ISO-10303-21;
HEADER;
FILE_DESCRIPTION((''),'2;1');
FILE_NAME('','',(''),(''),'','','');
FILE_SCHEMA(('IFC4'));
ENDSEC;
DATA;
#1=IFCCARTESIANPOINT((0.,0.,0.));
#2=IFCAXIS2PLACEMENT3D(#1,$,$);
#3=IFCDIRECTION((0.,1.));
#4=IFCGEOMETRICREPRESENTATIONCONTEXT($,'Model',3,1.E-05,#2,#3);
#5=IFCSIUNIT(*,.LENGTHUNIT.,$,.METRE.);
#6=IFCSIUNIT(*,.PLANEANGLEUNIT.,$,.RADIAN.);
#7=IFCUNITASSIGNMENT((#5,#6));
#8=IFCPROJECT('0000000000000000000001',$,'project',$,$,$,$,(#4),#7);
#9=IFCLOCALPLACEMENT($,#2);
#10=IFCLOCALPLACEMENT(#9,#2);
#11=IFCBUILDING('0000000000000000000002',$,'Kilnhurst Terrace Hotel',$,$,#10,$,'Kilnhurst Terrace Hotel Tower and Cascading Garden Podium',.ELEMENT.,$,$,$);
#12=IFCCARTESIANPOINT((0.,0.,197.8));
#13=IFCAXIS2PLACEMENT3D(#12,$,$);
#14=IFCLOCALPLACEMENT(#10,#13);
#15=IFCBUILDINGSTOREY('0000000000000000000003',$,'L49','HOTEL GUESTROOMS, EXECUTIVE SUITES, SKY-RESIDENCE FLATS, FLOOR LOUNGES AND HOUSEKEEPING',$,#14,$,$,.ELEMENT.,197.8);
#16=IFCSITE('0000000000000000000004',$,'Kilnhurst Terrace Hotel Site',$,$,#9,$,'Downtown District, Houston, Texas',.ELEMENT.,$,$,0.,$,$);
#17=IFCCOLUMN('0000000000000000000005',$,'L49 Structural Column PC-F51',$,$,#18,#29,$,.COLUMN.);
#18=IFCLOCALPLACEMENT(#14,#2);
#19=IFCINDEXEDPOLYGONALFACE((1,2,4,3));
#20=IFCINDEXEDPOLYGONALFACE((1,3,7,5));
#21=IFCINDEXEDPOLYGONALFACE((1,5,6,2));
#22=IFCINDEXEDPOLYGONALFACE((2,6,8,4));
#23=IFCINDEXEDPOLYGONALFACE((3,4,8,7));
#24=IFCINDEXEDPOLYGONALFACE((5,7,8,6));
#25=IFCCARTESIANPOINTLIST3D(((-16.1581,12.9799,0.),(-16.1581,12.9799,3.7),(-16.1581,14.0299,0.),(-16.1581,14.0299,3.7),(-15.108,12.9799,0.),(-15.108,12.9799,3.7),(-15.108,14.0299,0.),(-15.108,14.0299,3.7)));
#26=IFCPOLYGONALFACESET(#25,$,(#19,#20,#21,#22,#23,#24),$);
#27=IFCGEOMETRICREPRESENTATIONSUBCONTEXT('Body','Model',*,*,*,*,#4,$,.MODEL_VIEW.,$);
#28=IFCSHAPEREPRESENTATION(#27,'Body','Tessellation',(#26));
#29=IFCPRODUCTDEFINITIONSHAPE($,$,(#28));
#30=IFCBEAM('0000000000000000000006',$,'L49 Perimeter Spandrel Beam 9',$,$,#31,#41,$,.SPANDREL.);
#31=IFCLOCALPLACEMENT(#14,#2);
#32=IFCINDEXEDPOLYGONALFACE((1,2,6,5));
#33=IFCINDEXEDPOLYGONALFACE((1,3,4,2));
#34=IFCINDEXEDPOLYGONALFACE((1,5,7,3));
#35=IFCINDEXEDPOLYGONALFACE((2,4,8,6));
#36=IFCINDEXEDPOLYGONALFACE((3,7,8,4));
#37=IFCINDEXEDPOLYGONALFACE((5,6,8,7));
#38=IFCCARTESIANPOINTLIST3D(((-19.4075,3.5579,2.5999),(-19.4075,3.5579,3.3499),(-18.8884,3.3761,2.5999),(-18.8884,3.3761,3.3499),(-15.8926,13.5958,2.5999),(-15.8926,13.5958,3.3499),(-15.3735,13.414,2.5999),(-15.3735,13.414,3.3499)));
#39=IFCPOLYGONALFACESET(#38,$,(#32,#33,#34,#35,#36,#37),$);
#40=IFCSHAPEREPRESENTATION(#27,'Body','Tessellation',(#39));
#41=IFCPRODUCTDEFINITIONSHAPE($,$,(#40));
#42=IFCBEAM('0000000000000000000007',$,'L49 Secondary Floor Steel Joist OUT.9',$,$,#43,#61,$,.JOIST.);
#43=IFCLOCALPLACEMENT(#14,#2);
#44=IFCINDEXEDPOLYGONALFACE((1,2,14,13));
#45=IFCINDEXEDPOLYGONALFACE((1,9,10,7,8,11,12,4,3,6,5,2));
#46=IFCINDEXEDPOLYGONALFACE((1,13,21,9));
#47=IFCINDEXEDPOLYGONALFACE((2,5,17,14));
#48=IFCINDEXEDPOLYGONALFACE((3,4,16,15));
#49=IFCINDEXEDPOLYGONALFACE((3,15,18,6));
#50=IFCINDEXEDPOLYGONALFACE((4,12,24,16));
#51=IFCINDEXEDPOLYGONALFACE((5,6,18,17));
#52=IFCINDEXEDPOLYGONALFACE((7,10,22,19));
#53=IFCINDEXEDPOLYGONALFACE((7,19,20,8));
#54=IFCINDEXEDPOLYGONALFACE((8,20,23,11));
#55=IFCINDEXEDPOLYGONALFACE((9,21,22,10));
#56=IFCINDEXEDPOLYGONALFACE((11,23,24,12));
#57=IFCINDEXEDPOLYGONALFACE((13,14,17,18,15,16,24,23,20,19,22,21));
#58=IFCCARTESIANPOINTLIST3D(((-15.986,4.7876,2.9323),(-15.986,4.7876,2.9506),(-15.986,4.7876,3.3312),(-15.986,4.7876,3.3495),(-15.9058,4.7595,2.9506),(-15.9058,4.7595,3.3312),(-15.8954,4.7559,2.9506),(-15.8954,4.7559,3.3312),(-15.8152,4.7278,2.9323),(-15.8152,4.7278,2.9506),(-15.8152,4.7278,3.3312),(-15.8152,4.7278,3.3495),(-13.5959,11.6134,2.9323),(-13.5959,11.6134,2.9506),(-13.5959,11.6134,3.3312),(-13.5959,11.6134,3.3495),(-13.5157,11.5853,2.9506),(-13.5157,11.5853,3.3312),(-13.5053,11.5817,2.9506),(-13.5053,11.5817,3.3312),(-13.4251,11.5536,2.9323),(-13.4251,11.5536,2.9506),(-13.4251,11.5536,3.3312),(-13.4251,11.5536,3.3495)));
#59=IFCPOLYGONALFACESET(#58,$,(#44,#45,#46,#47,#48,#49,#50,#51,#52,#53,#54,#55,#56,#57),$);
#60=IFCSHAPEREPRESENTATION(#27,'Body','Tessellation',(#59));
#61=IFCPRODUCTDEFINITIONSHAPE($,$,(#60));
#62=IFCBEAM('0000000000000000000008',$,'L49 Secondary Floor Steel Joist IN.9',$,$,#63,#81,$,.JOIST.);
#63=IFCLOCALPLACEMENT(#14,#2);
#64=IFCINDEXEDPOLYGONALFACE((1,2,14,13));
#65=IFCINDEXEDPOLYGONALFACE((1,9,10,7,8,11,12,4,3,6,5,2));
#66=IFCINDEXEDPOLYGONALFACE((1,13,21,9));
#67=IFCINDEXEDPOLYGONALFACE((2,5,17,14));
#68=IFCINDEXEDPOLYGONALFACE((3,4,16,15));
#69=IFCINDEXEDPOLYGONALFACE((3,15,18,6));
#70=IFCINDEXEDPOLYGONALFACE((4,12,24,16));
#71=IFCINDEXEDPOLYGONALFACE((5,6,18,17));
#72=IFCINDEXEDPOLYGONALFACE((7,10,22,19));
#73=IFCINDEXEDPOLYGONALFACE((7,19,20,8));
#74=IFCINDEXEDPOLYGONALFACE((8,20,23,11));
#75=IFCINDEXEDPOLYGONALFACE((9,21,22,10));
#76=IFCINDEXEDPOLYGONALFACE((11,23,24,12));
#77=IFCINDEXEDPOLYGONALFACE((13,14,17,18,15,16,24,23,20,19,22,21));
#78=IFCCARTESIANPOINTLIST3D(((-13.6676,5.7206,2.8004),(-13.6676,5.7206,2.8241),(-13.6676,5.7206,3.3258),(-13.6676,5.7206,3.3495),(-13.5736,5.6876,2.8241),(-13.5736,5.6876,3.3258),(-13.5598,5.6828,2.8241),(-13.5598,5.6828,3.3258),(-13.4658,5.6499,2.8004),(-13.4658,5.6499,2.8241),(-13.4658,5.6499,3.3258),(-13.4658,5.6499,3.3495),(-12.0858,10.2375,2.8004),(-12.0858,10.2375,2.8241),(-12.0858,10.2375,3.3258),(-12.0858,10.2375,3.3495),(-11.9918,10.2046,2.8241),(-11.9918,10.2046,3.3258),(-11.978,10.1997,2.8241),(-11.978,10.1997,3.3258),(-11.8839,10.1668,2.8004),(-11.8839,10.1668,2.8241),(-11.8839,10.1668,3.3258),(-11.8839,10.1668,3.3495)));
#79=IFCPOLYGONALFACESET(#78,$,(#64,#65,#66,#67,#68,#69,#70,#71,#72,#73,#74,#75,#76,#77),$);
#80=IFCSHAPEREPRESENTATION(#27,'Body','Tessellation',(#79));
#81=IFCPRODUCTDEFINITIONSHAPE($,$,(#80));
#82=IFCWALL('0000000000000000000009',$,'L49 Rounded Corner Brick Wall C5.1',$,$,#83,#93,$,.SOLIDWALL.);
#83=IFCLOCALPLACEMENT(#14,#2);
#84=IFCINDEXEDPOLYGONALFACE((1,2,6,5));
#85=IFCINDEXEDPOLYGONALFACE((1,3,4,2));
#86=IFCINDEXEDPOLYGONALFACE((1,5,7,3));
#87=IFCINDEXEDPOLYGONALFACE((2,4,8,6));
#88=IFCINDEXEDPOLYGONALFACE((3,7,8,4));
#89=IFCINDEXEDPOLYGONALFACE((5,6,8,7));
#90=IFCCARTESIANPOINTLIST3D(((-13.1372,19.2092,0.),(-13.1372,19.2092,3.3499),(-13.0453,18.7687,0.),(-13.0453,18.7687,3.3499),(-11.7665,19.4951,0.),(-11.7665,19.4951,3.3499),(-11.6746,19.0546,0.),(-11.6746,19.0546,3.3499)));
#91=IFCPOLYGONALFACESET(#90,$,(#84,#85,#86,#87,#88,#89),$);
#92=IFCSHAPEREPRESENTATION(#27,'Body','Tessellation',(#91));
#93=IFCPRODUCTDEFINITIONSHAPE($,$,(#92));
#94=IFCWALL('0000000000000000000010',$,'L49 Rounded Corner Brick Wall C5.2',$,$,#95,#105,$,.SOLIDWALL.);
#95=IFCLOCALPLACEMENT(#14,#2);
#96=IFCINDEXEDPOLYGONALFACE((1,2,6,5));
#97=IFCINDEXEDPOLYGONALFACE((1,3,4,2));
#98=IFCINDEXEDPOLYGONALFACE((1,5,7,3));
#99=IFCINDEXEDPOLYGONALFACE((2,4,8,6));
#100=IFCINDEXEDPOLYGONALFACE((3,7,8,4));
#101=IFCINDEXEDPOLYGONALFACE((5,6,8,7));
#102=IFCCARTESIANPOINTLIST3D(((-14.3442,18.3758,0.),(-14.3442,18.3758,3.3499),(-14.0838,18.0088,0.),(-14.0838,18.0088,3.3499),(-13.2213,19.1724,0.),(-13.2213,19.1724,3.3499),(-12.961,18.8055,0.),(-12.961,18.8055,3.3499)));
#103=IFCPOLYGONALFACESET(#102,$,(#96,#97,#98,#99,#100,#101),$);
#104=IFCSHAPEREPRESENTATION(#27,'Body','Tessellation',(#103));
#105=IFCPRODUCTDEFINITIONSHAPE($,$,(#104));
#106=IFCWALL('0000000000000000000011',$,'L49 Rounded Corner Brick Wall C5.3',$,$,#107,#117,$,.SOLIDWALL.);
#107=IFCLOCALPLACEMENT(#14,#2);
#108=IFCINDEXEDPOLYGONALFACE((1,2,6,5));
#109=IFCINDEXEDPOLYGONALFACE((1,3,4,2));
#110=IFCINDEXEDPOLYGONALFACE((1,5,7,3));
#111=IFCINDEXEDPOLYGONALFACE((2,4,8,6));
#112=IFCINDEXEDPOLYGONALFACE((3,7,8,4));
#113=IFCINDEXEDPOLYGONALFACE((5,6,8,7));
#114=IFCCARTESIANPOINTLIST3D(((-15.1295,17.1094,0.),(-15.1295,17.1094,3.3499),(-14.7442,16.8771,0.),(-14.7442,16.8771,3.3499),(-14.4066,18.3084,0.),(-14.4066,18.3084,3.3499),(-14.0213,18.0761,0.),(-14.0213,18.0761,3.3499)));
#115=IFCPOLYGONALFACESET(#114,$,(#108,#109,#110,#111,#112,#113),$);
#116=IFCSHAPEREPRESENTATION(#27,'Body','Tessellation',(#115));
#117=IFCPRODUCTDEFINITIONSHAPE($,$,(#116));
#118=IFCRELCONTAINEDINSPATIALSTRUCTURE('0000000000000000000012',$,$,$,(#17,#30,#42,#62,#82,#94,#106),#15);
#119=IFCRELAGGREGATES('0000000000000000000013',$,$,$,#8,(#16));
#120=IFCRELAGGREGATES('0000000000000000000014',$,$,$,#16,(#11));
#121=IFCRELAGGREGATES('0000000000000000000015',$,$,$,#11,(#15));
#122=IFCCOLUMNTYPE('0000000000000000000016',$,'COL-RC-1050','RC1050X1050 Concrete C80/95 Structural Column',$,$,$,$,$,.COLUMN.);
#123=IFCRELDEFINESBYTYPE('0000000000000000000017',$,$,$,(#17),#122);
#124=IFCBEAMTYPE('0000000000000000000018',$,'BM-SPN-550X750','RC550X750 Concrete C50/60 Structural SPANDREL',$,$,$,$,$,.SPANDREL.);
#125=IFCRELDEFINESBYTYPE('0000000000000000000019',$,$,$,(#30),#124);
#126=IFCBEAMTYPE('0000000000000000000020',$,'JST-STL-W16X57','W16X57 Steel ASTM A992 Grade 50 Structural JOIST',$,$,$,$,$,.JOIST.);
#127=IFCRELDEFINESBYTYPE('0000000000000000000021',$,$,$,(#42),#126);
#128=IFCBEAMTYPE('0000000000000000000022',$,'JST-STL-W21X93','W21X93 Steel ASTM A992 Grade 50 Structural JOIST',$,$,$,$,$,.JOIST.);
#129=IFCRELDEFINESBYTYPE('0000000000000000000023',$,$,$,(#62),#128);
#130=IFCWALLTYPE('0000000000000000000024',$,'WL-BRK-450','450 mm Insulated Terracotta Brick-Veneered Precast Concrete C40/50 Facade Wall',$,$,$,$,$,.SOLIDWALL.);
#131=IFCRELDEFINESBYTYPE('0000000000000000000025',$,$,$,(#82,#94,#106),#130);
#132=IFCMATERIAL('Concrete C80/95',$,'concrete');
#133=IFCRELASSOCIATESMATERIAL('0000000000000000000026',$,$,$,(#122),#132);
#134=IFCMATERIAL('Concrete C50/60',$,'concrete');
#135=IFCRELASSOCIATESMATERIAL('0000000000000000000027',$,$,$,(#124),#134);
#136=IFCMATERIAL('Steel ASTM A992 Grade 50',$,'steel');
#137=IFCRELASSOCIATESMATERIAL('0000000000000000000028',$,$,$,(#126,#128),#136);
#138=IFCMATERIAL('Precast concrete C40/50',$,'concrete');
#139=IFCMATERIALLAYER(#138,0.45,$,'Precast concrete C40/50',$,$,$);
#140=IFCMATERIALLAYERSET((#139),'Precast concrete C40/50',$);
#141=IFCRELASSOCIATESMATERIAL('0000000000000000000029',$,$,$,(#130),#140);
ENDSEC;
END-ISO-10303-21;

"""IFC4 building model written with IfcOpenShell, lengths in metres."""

from ifc_helpers import new_model, si_unit, direction, frame, frame_2d, origin, origin_2d, place, context, subcontext, project, spatial, rectangle, i_section, extrude, material, layer, layer_set, material_profile, profile_set, type_object, element, save


model = new_model("IFC4")

# Units and contexts
model_context = context("Model", 3, precision=1e-05, world=origin(), true_north=direction((0.0, 1.0)))
body_context = subcontext(model_context, "Body", "Model", "MODEL_VIEW")
ifc_project = project(units=[si_unit("LENGTHUNIT", "METRE"), si_unit("PLANEANGLEUNIT", "RADIAN")], contexts=[model_context])

# Site, building, storey
site_placement = place(None, origin())
site = spatial("IfcSite", under=ifc_project, at=site_placement, Name="Kilnhurst Terrace Hotel Site", LongName="Downtown District, Houston, Texas", CompositionType="ELEMENT", RefElevation=0.0)
building_placement = place(site_placement, origin())
building = spatial("IfcBuilding", under=site, at=building_placement, Name="Kilnhurst Terrace Hotel", LongName="Kilnhurst Terrace Hotel Tower and Cascading Garden Podium", CompositionType="ELEMENT")
storey_placement = place(building_placement, frame((0.0, 0.0, 197.8)))
storey = spatial("IfcBuildingStorey", under=building, at=storey_placement, Name="L49", Description="HOTEL GUESTROOMS, EXECUTIVE SUITES, SKY-RESIDENCE FLATS, FLOOR LOUNGES AND HOUSEKEEPING", CompositionType="ELEMENT", Elevation=197.8)

# Column
ifc_material_1 = material(Name="Concrete C80/95", Category="concrete")
ifc_material_profile_1 = material_profile(ifc_material_1, rectangle(XDim=1.05, YDim=1.05, at=origin_2d()), Name="RC1050X1050")
ifc_profile_set_1 = profile_set([ifc_material_profile_1], Name="Concrete C80/95")
column_type = type_object("IfcColumnType", Name="COL-RC-1050", Description="RC1050X1050 Concrete C80/95 Structural Column", PredefinedType="COLUMN", material=ifc_profile_set_1)
column_placement = place(storey_placement, frame((-15.6331, 13.5049, 0.0), z_axis=(0.0, 0.0, 1.0), x_axis=(1.0, 0.0, 0.0)))
element("IfcColumn", 1, at=column_placement, inside=storey, type_object=column_type, Name="L49 Structural Column PC-F51", PredefinedType="COLUMN", context=body_context, shape_type="SweptSolid", body=[
    extrude(rectangle(XDim=1.05, YDim=1.05, at=origin_2d()), origin(), (0.0, 0.0, 1.0), 3.7),
])

# Beams
ifc_material_2 = material(Name="Concrete C50/60", Category="concrete")
ifc_material_profile_2 = material_profile(ifc_material_2, rectangle(XDim=0.55, YDim=0.75, at=origin_2d()), Name="RC550X750")
ifc_profile_set_2 = profile_set([ifc_material_profile_2], Name="Concrete C50/60")
beam_type_1 = type_object("IfcBeamType", Name="BM-SPN-550X750", Description="RC550X750 Concrete C50/60 Structural SPANDREL", PredefinedType="SPANDREL", material=ifc_profile_set_2)
beam_1_placement = place(storey_placement, frame((-15.6331, 13.5049, 2.9749), z_axis=(-0.330488, -0.94381, 0.0), x_axis=(0.94381, -0.330488, 0.0)))
element("IfcBeam", 2, at=beam_1_placement, inside=storey, type_object=beam_type_1, Name="L49 Perimeter Spandrel Beam 9", PredefinedType="SPANDREL", context=body_context, shape_type="SweptSolid", body=[
    extrude(rectangle(XDim=0.55, YDim=0.75, at=origin_2d()), origin(), (0.0, 0.0, 1.0), 10.6355),
])
ifc_material_3 = material(Name="Steel ASTM A992 Grade 50", Category="steel")
ifc_material_profile_3 = material_profile(ifc_material_3, i_section(OverallWidth=0.1809, OverallDepth=0.4172, WebThickness=0.011, FlangeThickness=0.0183, at=origin_2d()), Name="W16X57")
ifc_profile_set_3 = profile_set([ifc_material_profile_3], Name="Steel ASTM A992 Grade 50")
beam_type_2 = type_object("IfcBeamType", Name="JST-STL-W16X57", Description="W16X57 Steel ASTM A992 Grade 50 Structural JOIST", PredefinedType="JOIST", material=ifc_profile_set_3)
beam_2_placement = place(storey_placement, frame((-13.5105, 11.5835, 3.1409), z_axis=(-0.330481, -0.943813, 0.0), x_axis=(0.943813, -0.330481, 0.0)))
element("IfcBeam", 3, at=beam_2_placement, inside=storey, type_object=beam_type_2, Name="L49 Secondary Floor Steel Joist OUT.9", PredefinedType="JOIST", context=body_context, shape_type="SweptSolid", body=[
    extrude(i_section(OverallWidth=0.1809, OverallDepth=0.4172, WebThickness=0.011, FlangeThickness=0.0183, at=origin_2d()), origin(), (0.0, 0.0, 1.0), 7.2322),
])
ifc_material_profile_4 = material_profile(ifc_material_3, i_section(OverallWidth=0.2139, OverallDepth=0.5491, WebThickness=0.0146, FlangeThickness=0.0237, at=origin_2d()), Name="W21X93")
ifc_profile_set_4 = profile_set([ifc_material_profile_4], Name="Steel ASTM A992 Grade 50")
beam_type_3 = type_object("IfcBeamType", Name="JST-STL-W21X93", Description="W21X93 Steel ASTM A992 Grade 50 Structural JOIST", PredefinedType="JOIST", material=ifc_profile_set_4)
beam_3_placement = place(storey_placement, frame((-11.9849, 10.2021, 3.075), z_axis=(-0.330516, -0.9438, 0.0), x_axis=(0.9438, -0.330516, 0.0)))
element("IfcBeam", 4, at=beam_3_placement, inside=storey, type_object=beam_type_3, Name="L49 Secondary Floor Steel Joist IN.9", PredefinedType="JOIST", context=body_context, shape_type="SweptSolid", body=[
    extrude(i_section(OverallWidth=0.2139, OverallDepth=0.5491, WebThickness=0.0146, FlangeThickness=0.0237, at=origin_2d()), origin(), (0.0, 0.0, 1.0), 4.7859),
])

# Walls
ifc_material_4 = material(Name="Precast concrete C40/50", Category="concrete")
ifc_layer_1 = layer(ifc_material_4, 0.45, Name="Precast concrete C40/50")
ifc_layer_set_1 = layer_set([ifc_layer_1], Name="Precast concrete C40/50")
wall_type_1 = type_object("IfcWallType", Name="WL-BRK-450", Description="450 mm Insulated Terracotta Brick-Veneered Precast Concrete C40/50 Facade Wall", PredefinedType="SOLIDWALL", material=ifc_layer_set_1)
wall_1_placement = place(storey_placement, frame((-11.7205, 19.2749, 0.0), z_axis=(0.0, 0.0, 1.0), x_axis=(-0.978931, -0.204191, 0.0)))
element("IfcWall", 5, at=wall_1_placement, inside=storey, type_object=wall_type_1, Name="L49 Rounded Corner Brick Wall C5.1", PredefinedType="SOLIDWALL", context=body_context, shape_type="SweptSolid", body=[
    extrude(rectangle(XDim=1.4001, YDim=0.45, at=frame_2d((0.7002, 0.0))), origin(), (0.0, 0.0, 1.0), 3.3499),
])
wall_2_placement = place(storey_placement, frame((-13.0911, 18.989, 0.0), z_axis=(0.0, 0.0, 1.0), x_axis=(-0.815575, -0.578652, 0.0)))
element("IfcWall", 6, at=wall_2_placement, inside=storey, type_object=wall_type_1, Name="L49 Rounded Corner Brick Wall C5.2", PredefinedType="SOLIDWALL", context=body_context, shape_type="SweptSolid", body=[
    extrude(rectangle(XDim=1.3767, YDim=0.45, at=frame_2d((0.6885, 0.0))), origin(), (0.0, 0.0, 1.0), 3.3499),
])
wall_3_placement = place(storey_placement, frame((-14.2139, 18.1924, 0.0), z_axis=(0.0, 0.0, 1.0), x_axis=(-0.516341, -0.856383, 0.0)))
element("IfcWall", 7, at=wall_3_placement, inside=storey, type_object=wall_type_1, Name="L49 Rounded Corner Brick Wall C5.3", PredefinedType="SOLIDWALL", context=body_context, shape_type="SweptSolid", body=[
    extrude(rectangle(XDim=1.4001, YDim=0.45, at=frame_2d((0.7002, 0.0))), origin(), (0.0, 0.0, 1.0), 3.3499),
])

save(model, "model.ifc")
